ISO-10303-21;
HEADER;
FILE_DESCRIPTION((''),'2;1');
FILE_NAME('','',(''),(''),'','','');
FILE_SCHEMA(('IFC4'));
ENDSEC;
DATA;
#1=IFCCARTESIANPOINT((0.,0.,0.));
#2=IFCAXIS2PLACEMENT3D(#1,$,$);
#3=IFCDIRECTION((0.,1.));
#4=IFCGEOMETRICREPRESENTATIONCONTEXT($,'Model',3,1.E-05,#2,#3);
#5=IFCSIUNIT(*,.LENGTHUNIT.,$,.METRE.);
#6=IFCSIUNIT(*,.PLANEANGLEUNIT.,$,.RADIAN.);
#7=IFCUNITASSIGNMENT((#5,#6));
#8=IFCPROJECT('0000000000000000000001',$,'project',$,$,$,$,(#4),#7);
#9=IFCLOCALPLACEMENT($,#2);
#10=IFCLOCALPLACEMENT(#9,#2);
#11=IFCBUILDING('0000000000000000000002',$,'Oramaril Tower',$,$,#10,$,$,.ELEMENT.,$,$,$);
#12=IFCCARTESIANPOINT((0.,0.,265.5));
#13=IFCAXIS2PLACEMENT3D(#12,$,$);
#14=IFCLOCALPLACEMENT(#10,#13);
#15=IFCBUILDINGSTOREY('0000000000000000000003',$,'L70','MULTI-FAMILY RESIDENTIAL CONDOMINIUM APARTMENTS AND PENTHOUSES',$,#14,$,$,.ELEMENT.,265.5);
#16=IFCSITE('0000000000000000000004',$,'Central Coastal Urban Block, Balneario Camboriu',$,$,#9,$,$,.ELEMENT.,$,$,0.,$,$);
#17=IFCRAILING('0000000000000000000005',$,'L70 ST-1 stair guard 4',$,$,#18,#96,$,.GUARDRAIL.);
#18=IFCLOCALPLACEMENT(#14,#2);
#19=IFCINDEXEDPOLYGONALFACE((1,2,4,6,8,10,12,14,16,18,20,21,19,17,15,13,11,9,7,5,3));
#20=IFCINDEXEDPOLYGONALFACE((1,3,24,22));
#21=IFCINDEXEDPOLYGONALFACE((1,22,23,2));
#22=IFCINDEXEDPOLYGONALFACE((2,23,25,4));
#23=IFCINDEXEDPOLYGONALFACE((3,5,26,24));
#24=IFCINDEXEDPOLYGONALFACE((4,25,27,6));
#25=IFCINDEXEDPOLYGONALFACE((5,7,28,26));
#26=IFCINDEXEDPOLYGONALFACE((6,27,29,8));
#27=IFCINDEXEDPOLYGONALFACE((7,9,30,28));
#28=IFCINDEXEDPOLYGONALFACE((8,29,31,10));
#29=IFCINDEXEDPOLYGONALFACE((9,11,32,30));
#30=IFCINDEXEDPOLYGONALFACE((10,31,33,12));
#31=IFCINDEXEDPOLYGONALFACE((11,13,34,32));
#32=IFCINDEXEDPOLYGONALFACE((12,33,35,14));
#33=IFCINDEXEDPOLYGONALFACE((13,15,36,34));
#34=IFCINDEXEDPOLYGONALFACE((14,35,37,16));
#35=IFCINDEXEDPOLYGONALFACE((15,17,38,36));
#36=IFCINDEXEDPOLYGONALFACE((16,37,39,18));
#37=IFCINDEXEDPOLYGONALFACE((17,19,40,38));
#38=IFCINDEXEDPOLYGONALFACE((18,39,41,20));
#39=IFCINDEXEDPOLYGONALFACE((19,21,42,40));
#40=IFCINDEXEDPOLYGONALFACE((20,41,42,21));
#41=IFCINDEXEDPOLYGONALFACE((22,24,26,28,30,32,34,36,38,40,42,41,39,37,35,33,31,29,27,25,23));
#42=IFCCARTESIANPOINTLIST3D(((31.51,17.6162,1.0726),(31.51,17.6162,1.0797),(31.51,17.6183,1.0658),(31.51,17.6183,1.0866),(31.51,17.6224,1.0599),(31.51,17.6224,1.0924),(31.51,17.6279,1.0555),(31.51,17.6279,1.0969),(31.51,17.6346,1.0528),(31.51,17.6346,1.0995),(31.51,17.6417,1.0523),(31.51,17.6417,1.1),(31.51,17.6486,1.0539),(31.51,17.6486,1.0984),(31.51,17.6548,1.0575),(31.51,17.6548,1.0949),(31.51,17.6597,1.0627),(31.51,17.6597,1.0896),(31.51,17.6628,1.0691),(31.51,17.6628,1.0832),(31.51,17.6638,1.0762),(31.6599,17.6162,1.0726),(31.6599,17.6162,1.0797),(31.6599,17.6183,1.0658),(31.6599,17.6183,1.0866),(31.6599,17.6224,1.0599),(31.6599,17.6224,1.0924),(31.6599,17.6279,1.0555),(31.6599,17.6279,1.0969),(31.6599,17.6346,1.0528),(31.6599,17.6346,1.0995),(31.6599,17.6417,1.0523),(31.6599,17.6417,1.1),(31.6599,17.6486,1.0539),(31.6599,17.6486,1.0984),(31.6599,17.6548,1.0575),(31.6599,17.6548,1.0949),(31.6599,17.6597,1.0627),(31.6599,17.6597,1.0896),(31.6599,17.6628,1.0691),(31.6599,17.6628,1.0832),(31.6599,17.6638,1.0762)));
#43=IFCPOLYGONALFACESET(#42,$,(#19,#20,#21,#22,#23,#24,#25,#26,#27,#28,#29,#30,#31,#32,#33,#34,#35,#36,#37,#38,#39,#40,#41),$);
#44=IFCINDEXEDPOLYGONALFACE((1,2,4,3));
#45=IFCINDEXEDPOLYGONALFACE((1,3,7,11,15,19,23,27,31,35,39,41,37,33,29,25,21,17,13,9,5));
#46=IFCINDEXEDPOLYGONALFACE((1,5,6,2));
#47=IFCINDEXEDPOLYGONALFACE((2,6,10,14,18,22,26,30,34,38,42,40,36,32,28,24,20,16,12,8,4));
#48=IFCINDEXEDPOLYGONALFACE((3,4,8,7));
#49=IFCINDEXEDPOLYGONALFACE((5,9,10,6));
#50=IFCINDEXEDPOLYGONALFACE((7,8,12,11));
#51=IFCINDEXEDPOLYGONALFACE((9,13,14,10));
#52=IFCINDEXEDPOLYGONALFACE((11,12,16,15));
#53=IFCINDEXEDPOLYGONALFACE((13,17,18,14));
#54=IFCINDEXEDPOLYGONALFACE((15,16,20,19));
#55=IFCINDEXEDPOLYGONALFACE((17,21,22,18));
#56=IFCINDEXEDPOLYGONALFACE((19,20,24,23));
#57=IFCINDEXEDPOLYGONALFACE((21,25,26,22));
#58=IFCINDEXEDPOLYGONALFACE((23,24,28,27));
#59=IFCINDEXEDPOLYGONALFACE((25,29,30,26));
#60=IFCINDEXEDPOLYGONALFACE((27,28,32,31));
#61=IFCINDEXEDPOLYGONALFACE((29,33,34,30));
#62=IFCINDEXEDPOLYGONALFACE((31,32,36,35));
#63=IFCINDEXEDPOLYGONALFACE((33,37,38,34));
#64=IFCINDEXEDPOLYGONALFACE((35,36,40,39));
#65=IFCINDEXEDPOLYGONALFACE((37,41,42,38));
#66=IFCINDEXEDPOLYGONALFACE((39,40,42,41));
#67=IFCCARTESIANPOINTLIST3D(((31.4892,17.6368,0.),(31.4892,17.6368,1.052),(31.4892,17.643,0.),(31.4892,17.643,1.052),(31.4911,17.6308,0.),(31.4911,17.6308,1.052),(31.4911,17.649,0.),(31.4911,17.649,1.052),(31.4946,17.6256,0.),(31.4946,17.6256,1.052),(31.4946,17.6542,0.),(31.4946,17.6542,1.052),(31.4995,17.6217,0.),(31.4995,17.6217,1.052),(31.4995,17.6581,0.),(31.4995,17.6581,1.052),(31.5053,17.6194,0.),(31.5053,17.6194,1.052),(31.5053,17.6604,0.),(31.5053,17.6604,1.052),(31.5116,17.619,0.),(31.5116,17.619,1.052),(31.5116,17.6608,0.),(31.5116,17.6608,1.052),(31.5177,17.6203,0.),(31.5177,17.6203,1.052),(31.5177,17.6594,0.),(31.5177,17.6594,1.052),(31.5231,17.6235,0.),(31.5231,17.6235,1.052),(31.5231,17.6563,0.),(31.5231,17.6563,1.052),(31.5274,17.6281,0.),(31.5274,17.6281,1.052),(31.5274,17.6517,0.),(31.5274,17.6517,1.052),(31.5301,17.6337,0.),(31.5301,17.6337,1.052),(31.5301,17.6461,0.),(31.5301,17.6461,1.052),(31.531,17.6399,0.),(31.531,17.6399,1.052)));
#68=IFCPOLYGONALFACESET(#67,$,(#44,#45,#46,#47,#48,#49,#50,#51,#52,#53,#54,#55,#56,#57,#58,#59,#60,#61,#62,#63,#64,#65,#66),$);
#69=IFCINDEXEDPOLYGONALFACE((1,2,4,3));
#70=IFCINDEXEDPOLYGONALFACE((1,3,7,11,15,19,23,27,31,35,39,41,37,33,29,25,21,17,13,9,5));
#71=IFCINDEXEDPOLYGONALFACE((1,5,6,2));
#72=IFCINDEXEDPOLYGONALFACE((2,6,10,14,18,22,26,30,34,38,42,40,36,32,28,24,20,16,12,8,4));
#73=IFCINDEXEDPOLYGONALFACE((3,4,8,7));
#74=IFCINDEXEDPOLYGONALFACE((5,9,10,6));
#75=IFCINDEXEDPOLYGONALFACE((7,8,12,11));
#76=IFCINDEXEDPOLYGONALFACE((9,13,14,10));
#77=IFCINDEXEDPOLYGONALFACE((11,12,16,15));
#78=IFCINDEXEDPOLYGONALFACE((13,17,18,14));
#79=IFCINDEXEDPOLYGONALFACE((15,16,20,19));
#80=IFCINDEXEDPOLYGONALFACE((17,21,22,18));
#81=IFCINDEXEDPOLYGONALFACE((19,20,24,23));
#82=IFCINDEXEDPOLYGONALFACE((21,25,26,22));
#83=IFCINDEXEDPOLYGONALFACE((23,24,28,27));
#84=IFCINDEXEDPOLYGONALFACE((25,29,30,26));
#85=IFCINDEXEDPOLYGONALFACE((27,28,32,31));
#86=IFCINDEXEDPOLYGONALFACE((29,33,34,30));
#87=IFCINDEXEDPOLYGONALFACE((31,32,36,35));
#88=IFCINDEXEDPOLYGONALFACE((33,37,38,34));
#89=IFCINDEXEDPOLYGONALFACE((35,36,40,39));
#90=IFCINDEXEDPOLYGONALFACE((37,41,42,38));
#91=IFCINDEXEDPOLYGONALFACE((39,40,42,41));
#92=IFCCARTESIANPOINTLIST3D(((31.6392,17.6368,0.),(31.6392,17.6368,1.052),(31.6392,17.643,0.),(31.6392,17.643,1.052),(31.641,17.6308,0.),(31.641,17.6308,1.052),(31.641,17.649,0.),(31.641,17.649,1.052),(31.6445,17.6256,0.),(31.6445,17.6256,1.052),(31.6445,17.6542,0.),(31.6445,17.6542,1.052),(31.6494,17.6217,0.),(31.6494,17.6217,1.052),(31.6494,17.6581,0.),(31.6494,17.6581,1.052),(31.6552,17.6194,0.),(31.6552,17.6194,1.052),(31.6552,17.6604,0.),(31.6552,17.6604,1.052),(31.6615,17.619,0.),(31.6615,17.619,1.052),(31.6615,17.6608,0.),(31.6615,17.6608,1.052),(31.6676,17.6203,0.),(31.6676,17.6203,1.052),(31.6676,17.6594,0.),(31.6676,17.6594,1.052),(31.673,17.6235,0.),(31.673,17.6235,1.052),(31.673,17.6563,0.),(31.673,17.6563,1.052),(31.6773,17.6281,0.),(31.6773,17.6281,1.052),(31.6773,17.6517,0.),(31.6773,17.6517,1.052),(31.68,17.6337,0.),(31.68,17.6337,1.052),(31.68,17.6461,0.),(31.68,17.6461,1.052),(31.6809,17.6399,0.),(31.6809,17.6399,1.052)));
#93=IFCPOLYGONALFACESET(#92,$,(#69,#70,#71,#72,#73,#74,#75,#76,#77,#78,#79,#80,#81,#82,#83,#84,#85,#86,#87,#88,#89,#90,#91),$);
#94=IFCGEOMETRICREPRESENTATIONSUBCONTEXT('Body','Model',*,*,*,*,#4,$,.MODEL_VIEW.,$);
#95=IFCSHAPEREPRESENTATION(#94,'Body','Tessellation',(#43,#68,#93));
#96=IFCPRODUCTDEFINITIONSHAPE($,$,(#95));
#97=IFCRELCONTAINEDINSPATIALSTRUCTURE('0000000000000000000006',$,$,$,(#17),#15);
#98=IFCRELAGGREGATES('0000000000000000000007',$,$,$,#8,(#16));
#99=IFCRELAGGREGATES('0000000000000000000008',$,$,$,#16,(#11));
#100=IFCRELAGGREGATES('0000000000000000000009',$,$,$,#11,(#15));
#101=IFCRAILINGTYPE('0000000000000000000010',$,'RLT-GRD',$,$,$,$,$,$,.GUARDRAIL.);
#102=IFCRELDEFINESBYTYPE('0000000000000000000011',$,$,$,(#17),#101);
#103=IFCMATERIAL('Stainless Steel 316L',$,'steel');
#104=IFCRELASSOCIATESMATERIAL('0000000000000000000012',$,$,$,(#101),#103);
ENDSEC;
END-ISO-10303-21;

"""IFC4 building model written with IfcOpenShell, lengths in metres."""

from ifc_helpers import new_model, si_unit, direction, frame, origin, origin_2d, place, context, subcontext, project, spatial, circle, extrude, material, type_object, element, save


model = new_model("IFC4")

# Units and contexts
model_context = context("Model", 3, precision=1e-05, world=origin(), true_north=direction((0.0, 1.0)))
body_context = subcontext(model_context, "Body", "Model", "MODEL_VIEW")
ifc_project = project(units=[si_unit("LENGTHUNIT", "METRE"), si_unit("PLANEANGLEUNIT", "RADIAN")], contexts=[model_context])

# Site, building, storey
site_placement = place(None, origin())
site = spatial("IfcSite", under=ifc_project, at=site_placement, Name="Central Coastal Urban Block, Balneario Camboriu", CompositionType="ELEMENT", RefElevation=0.0)
building_placement = place(site_placement, origin())
building = spatial("IfcBuilding", under=site, at=building_placement, Name="Oramaril Tower", CompositionType="ELEMENT")
storey_placement = place(building_placement, frame((0.0, 0.0, 265.5)))
storey = spatial("IfcBuildingStorey", under=building, at=storey_placement, Name="L70", Description="MULTI-FAMILY RESIDENTIAL CONDOMINIUM APARTMENTS AND PENTHOUSES", CompositionType="ELEMENT", Elevation=265.5)

# Railing
ifc_material_1 = material(Name="Stainless Steel 316L", Category="steel")
railing_type_1 = type_object("IfcRailingType", Name="RLT-GRD", PredefinedType="GUARDRAIL", material=ifc_material_1)
railing_1_placement = place(storey_placement, frame((31.51, 17.6399, 0.0)))
element("IfcRailing", 1, at=railing_1_placement, inside=storey, type_object=railing_type_1, Name="L70 ST-1 stair guard 4", PredefinedType="GUARDRAIL", context=body_context, shape_type="SweptSolid", body=[
    extrude(circle(Radius=0.0239, at=origin_2d()), frame((0.0, 0.0, 1.0762), z_axis=(1.0, 0.0, 0.0), x_axis=(0.0, 1.0, 0.0)), (0.0, 0.0, 1.0), 0.1499),
    extrude(circle(Radius=0.021, at=origin_2d()), origin(), (0.0, 0.0, 1.0), 1.052),
    extrude(circle(Radius=0.021, at=origin_2d()), frame((0.1499, 0.0, 0.0)), (0.0, 0.0, 1.0), 1.052),
])

save(model, "model.ifc")
